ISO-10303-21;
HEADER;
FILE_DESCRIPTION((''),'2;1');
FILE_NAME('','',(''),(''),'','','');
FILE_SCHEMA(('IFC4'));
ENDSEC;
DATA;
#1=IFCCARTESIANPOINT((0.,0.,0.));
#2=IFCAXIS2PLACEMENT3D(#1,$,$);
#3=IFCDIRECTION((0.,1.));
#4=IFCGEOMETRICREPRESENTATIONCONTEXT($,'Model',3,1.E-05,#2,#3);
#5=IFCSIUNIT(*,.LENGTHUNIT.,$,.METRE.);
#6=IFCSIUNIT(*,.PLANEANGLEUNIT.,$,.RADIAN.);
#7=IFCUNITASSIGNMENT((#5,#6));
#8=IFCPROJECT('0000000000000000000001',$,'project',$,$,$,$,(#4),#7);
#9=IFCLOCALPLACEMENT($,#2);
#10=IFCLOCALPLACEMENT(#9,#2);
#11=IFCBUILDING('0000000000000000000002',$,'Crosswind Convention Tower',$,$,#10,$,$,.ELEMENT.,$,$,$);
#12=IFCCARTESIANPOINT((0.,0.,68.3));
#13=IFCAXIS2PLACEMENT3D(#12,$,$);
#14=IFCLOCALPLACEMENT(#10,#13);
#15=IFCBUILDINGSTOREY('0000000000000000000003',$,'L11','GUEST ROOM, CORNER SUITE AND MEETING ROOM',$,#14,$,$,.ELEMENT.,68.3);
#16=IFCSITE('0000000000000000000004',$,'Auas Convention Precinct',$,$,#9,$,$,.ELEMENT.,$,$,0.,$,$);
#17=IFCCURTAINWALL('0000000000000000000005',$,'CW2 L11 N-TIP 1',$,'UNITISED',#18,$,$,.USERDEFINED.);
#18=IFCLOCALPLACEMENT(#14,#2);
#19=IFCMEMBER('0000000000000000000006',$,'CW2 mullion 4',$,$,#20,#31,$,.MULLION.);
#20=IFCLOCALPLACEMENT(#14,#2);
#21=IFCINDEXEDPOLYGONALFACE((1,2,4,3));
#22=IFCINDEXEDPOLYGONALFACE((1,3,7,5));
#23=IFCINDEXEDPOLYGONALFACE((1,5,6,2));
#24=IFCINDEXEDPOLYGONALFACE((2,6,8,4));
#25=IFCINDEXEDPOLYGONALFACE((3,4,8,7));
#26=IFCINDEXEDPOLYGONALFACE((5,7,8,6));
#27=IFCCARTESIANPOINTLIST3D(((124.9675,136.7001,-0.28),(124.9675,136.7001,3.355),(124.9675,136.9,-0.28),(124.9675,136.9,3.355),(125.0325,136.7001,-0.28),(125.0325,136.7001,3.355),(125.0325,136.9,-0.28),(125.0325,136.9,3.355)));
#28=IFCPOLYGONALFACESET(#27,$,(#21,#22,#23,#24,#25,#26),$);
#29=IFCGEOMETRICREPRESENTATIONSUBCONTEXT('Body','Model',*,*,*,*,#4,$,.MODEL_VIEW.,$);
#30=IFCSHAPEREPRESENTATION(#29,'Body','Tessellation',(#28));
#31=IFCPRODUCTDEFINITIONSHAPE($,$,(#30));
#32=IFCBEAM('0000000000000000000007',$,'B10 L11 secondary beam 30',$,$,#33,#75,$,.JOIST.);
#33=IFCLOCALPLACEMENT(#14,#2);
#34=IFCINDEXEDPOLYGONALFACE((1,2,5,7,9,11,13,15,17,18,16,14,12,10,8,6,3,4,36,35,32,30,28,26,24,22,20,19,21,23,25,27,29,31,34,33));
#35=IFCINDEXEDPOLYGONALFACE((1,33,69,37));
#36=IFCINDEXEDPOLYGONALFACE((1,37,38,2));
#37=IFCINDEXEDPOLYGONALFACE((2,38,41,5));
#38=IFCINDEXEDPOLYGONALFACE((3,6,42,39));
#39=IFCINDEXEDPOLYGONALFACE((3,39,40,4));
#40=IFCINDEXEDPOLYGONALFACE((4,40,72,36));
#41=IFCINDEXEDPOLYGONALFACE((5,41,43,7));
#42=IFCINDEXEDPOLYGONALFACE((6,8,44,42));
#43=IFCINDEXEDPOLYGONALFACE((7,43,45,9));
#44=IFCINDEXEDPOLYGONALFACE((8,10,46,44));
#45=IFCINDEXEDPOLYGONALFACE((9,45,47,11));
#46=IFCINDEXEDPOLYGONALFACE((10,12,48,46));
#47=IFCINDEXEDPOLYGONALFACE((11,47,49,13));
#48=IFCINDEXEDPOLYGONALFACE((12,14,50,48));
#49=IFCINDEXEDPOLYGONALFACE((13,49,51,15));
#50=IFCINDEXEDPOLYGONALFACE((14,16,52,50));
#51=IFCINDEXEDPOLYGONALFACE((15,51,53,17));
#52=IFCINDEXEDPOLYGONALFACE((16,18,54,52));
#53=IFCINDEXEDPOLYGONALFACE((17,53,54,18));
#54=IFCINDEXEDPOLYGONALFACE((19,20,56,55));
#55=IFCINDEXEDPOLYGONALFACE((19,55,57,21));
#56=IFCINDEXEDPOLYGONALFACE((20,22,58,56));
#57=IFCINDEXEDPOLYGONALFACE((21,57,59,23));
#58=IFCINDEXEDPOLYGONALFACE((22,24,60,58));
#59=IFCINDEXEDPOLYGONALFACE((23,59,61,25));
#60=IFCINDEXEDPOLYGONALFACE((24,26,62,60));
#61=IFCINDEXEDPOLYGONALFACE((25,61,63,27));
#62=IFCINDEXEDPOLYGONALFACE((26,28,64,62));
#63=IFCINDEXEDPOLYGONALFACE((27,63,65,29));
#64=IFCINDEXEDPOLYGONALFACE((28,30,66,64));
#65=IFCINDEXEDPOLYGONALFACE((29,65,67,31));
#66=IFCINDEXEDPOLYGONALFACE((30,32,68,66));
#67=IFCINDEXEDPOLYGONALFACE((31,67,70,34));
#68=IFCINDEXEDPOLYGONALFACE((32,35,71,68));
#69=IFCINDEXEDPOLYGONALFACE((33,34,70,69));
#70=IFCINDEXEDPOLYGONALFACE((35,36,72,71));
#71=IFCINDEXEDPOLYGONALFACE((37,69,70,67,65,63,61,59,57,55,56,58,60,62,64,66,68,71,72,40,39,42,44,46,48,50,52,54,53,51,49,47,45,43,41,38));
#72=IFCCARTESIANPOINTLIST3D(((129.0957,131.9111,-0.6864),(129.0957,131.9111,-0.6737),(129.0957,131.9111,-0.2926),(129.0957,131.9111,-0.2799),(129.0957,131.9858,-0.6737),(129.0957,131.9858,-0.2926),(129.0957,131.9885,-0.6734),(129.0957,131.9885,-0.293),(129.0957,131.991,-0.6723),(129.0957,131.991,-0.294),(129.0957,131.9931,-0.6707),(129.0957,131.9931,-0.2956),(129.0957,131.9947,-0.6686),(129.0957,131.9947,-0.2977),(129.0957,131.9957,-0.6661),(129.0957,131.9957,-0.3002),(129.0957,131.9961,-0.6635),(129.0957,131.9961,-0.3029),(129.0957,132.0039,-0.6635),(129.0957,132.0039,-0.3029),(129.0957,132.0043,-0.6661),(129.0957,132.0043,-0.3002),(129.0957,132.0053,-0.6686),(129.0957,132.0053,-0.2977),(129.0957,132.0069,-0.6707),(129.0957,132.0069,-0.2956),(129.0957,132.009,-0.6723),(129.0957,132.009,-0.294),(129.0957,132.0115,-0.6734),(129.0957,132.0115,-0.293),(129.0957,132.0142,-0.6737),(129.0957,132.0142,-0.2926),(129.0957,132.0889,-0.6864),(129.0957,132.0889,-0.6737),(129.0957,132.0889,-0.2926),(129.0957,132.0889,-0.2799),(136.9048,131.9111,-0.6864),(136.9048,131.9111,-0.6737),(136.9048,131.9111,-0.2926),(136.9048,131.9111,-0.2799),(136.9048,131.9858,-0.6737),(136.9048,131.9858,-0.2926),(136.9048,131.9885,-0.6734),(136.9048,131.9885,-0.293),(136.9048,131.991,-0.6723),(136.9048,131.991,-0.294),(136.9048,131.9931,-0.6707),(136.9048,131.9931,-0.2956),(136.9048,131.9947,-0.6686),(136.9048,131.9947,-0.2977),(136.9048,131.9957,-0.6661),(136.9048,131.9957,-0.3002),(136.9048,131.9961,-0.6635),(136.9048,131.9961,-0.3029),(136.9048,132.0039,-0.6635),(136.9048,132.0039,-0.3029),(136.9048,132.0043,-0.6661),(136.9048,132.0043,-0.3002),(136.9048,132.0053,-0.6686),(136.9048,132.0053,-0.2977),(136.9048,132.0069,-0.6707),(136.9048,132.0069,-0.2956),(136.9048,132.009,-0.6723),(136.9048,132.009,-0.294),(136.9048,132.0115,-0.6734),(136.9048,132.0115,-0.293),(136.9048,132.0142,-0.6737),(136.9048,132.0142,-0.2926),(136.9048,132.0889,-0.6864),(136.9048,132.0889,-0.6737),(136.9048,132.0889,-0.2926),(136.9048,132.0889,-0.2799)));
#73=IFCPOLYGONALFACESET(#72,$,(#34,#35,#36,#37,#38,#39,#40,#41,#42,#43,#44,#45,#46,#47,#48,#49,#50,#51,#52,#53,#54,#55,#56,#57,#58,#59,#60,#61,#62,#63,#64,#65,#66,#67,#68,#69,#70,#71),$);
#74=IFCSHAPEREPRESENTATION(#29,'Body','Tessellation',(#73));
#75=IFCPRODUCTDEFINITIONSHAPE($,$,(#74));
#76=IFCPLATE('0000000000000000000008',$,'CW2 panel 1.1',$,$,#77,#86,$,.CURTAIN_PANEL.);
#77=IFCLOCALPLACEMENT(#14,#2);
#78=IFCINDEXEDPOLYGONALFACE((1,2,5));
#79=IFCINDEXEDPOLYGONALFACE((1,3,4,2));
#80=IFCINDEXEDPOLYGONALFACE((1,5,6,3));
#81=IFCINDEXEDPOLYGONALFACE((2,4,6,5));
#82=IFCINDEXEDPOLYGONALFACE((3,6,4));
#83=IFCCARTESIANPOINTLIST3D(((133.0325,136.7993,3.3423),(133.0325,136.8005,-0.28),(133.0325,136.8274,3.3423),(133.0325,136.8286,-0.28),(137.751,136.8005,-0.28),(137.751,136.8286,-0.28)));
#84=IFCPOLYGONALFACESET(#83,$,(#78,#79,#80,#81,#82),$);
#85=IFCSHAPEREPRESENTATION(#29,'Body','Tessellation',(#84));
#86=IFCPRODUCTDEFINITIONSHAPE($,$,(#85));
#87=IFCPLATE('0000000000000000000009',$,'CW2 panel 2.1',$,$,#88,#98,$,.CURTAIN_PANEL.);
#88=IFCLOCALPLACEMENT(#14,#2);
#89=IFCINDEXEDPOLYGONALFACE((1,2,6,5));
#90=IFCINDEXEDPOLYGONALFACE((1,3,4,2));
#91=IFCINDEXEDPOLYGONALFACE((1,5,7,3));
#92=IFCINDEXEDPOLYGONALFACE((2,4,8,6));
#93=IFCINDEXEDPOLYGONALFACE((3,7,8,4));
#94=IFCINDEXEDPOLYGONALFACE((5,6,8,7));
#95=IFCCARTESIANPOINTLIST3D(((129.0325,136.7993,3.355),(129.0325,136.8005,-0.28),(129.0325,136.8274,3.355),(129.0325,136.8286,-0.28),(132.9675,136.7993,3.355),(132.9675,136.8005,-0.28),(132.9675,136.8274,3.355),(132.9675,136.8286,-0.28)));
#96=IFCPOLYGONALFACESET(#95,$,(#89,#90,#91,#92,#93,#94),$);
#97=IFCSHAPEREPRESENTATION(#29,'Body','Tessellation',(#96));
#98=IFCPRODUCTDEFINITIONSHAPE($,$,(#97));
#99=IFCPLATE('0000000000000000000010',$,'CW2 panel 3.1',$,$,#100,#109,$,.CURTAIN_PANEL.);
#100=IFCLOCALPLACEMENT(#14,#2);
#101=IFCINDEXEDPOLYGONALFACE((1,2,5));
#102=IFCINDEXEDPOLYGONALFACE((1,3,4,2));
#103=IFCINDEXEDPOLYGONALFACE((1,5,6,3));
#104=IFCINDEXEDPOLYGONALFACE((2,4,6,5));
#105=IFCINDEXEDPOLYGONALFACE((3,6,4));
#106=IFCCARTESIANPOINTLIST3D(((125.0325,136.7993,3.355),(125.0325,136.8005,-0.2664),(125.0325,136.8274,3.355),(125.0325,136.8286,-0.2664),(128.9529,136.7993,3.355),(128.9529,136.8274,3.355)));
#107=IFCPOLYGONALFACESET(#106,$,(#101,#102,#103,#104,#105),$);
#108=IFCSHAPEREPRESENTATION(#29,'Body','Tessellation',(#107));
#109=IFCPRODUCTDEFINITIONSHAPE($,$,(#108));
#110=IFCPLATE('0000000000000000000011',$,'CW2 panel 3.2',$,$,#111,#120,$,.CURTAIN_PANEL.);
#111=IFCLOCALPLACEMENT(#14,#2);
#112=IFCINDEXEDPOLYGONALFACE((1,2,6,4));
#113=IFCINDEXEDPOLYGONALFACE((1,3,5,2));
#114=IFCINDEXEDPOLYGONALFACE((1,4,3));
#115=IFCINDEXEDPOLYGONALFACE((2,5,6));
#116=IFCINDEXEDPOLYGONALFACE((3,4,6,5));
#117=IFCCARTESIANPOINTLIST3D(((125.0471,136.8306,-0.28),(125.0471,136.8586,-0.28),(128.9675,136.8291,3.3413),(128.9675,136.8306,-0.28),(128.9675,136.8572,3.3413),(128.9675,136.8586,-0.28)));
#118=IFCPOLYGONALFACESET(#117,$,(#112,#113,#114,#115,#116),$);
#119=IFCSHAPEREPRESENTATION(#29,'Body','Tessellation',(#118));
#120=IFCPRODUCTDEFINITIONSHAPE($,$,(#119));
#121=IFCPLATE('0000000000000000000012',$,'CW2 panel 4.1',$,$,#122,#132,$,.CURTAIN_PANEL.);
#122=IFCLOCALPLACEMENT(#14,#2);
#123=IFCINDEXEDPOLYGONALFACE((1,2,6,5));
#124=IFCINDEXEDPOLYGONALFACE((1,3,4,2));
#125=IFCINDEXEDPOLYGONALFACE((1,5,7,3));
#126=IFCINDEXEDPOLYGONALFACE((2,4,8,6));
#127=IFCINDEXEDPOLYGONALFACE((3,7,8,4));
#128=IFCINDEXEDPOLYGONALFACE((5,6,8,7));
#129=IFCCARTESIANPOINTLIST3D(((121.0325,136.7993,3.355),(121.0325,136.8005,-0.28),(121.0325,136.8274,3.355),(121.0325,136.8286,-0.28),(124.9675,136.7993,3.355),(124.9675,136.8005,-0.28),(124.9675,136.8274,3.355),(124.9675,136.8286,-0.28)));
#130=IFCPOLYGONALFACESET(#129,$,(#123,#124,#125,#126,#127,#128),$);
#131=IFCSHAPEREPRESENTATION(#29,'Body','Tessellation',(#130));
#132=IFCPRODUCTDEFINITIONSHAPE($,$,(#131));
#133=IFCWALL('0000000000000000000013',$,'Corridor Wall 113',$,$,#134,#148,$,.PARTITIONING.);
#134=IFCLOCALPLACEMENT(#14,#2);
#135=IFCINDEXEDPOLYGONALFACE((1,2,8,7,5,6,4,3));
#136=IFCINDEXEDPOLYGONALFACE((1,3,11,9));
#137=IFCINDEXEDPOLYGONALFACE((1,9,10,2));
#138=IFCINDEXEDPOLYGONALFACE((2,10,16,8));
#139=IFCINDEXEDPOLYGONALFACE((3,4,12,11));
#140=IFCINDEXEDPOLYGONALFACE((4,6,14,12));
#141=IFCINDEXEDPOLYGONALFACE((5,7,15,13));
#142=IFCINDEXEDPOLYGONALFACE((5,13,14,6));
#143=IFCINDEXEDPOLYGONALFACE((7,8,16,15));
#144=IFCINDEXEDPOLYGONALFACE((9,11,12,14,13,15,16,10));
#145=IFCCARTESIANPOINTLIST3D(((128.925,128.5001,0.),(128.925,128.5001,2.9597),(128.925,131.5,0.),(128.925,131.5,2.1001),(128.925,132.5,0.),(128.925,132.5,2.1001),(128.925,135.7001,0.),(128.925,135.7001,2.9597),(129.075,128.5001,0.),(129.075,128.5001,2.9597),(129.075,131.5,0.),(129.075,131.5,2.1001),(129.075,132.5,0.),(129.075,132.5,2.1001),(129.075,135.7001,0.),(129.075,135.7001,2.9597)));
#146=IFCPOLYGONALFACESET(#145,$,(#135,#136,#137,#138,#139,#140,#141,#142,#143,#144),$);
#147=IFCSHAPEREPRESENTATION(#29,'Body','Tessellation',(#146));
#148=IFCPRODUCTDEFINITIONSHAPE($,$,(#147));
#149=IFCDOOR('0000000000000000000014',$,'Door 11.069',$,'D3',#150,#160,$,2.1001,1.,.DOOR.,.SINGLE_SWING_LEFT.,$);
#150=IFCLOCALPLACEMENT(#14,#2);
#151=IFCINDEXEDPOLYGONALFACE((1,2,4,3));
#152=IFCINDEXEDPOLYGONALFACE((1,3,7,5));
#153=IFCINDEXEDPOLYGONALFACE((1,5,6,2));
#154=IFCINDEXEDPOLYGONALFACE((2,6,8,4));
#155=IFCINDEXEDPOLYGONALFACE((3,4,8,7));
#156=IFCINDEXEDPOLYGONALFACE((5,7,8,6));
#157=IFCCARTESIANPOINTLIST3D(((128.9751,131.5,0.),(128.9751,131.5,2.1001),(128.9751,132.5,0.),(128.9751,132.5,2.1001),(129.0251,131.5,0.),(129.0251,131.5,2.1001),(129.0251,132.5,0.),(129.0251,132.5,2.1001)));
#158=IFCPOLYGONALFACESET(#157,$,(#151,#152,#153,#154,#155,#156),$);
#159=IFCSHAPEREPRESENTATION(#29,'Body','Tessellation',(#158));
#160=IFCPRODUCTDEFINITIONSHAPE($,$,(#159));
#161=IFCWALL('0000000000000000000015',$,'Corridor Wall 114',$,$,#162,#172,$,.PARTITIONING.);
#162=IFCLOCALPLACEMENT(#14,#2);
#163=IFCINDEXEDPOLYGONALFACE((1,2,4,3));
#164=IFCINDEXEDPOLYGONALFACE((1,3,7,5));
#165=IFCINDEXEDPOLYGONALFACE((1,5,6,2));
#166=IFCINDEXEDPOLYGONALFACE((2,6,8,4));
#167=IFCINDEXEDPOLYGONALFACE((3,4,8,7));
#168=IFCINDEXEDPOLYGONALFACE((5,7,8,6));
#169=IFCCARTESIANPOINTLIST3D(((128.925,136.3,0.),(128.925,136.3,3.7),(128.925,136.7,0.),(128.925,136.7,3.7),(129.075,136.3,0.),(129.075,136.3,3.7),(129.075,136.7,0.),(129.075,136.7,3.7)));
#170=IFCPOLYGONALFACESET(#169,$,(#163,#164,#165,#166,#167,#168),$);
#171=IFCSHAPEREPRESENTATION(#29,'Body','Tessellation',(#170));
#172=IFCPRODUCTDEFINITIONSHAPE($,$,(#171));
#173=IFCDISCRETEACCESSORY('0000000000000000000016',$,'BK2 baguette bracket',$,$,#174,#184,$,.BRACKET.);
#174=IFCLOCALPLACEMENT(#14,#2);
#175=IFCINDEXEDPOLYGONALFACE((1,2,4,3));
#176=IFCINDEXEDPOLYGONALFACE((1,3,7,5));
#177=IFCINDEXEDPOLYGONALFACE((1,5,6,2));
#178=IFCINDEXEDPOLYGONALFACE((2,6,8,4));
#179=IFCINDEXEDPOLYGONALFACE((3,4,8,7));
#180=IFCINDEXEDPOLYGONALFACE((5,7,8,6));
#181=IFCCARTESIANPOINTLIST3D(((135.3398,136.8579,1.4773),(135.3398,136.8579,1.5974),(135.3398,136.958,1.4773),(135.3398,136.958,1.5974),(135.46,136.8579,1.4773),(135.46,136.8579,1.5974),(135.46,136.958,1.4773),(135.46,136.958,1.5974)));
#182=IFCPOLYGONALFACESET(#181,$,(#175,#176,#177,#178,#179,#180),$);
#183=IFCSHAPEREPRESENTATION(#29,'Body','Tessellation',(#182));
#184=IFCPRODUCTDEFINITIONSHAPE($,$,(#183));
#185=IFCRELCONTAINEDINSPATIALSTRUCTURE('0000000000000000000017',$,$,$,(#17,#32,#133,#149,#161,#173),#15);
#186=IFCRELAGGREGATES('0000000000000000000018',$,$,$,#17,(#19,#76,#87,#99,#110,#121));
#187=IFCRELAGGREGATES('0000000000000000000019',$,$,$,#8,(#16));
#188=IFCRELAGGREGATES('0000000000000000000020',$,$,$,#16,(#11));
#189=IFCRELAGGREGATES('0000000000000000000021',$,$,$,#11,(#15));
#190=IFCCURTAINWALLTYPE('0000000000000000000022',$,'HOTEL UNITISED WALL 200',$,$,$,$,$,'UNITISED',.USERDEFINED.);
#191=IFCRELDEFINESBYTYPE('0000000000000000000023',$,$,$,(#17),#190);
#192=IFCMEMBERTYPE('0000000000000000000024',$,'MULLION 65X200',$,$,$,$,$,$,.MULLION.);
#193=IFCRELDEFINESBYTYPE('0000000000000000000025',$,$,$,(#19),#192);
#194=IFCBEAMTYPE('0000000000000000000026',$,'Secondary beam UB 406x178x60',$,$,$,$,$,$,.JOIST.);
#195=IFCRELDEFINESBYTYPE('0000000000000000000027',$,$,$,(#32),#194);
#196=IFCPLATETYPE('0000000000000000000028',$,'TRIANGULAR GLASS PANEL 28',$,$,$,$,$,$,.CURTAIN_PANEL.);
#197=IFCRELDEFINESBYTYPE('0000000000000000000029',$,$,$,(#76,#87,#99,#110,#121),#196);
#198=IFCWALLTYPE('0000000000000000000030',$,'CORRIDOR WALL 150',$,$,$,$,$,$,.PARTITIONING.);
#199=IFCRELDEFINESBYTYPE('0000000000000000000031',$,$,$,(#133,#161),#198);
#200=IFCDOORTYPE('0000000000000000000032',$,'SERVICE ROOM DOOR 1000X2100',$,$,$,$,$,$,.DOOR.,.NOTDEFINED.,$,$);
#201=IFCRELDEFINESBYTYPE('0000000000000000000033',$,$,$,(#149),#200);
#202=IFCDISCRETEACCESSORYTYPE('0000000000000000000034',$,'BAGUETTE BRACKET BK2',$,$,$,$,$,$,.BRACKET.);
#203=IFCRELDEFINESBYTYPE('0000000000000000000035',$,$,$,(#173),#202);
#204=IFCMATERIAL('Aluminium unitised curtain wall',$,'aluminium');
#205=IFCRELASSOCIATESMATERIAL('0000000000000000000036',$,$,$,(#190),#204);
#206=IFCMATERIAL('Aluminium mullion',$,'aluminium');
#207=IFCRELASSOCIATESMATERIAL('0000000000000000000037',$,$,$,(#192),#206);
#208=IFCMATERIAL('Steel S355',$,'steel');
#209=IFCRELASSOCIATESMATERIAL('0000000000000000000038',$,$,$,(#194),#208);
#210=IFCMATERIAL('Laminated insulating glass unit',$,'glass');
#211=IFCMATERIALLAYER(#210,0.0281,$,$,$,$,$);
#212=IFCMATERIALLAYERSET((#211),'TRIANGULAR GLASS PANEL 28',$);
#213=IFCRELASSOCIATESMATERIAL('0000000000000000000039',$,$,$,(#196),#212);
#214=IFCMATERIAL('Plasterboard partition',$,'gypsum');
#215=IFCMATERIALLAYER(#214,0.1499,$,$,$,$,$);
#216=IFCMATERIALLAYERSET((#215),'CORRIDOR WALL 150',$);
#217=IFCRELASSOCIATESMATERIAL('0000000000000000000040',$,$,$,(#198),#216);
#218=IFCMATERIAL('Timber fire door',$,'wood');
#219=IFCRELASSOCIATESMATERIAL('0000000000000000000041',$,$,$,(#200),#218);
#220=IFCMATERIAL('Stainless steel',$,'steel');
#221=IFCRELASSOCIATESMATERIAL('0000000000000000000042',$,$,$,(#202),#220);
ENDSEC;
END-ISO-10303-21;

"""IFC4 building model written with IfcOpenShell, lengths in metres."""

from ifc_helpers import new_model, si_unit, direction, frame, frame_2d, origin, origin_2d, place, context, subcontext, project, spatial, polyline, rectangle, i_section, outline, extrude, material, layer, layer_set, material_profile, profile_set, type_object, element, fill, aggregate, save


model = new_model("IFC4")

# Units and contexts
model_context = context("Model", 3, precision=1e-05, world=origin(), true_north=direction((0.0, 1.0)))
body_context = subcontext(model_context, "Body", "Model", "MODEL_VIEW")
ifc_project = project(units=[si_unit("LENGTHUNIT", "METRE"), si_unit("PLANEANGLEUNIT", "RADIAN")], contexts=[model_context])

# Site, building, storey
site_placement = place(None, origin())
site = spatial("IfcSite", under=ifc_project, at=site_placement, Name="Auas Convention Precinct", CompositionType="ELEMENT", RefElevation=0.0)
building_placement = place(site_placement, origin())
building = spatial("IfcBuilding", under=site, at=building_placement, Name="Crosswind Convention Tower", CompositionType="ELEMENT")
storey_placement = place(building_placement, frame((0.0, 0.0, 68.3)))
storey = spatial("IfcBuildingStorey", under=building, at=storey_placement, Name="L11", Description="GUEST ROOM, CORNER SUITE AND MEETING ROOM", CompositionType="ELEMENT", Elevation=68.3)

# Shared definitions
ifc_material_1 = material(Name="Steel S355", Category="steel")

# Curtain wall, member
ifc_material_2 = material(Name="Aluminium unitised curtain wall", Category="aluminium")
curtain_wall_type = type_object("IfcCurtainWallType", Name="HOTEL UNITISED WALL 200", ElementType="UNITISED", PredefinedType="USERDEFINED", material=ifc_material_2)
curtain_wall_placement = place(storey_placement, origin())
curtain_wall = element("IfcCurtainWall", 1, at=curtain_wall_placement, inside=storey, type_object=curtain_wall_type, Name="CW2 L11 N-TIP 1", ObjectType="UNITISED", PredefinedType="USERDEFINED")
ifc_material_3 = material(Name="Aluminium mullion", Category="aluminium")
ifc_material_profile_1 = material_profile(ifc_material_3, rectangle(XDim=0.2, YDim=0.0649, at=origin_2d()), Name="AL 200X65")
ifc_profile_set_1 = profile_set([ifc_material_profile_1], Name="Aluminium mullion")
member_type = type_object("IfcMemberType", Name="MULLION 65X200", PredefinedType="MULLION", material=ifc_profile_set_1)
member_1_placement = place(storey_placement, frame((125.0, 136.8, -0.28), z_axis=(0.0, 0.0, 1.0), x_axis=(0.0, 1.0, 0.0)))
member_1 = element("IfcMember", 2, at=member_1_placement, type_object=member_type, Name="CW2 mullion 4", PredefinedType="MULLION", context=body_context, shape_type="SweptSolid", body=[
    extrude(rectangle(XDim=0.2, YDim=0.0649, at=origin_2d()), origin(), (0.0, 0.0, 1.0), 3.635),
])

# Beam
ifc_material_profile_2 = material_profile(ifc_material_1, i_section(OverallWidth=0.1777, OverallDepth=0.4065, WebThickness=0.0078, FlangeThickness=0.0127, FilletRadius=0.0103, at=origin_2d()), Name="UB 406x178x60")
ifc_profile_set_2 = profile_set([ifc_material_profile_2], Name="Steel S355")
beam_type_1 = type_object("IfcBeamType", Name="Secondary beam UB 406x178x60", PredefinedType="JOIST", material=ifc_profile_set_2)
beam_1_placement = place(storey_placement, frame((129.0957, 132.0, -0.4832), z_axis=(1.0, 0.0, 0.0), x_axis=(0.0, 1.0, 0.0)))
element("IfcBeam", 3, at=beam_1_placement, inside=storey, type_object=beam_type_1, Name="B10 L11 secondary beam 30", PredefinedType="JOIST", context=body_context, shape_type="SweptSolid", body=[
    extrude(i_section(OverallWidth=0.1777, OverallDepth=0.4065, WebThickness=0.0078, FlangeThickness=0.0127, FilletRadius=0.0103, at=origin_2d()), origin(), (0.0, 0.0, 1.0), 7.8091),
])

# Plates
ifc_material_4 = material(Name="Laminated insulating glass unit", Category="glass")
ifc_layer_1 = layer(ifc_material_4, 0.0281)
ifc_layer_set_1 = layer_set([ifc_layer_1], Name="TRIANGULAR GLASS PANEL 28")
plate_type = type_object("IfcPlateType", Name="TRIANGULAR GLASS PANEL 28", PredefinedType="CURTAIN_PANEL", material=ifc_layer_set_1)
plate_1_placement = place(storey_placement, frame((133.0325, 136.8286, -0.28), z_axis=(0.0, 1.0, 0.000337), x_axis=(0.0, -0.000337, 1.0)))
plate_1 = element("IfcPlate", 4, at=plate_1_placement, type_object=plate_type, Name="CW2 panel 1.1", PredefinedType="CURTAIN_PANEL", context=body_context, shape_type="SweptSolid", body=[
    extrude(outline(polyline([(0.0, 0.0), (3.6223, 0.0), (0.0, 4.7185), (0.0, 0.0)])), origin(), (0.0, 0.0, -1.0), 0.0281),
])
plate_2_placement = place(storey_placement, frame((132.9675, 136.8286, -0.28), z_axis=(0.0, 1.0, 0.000336), x_axis=(-1.0, 0.0, 0.0)))
plate_2 = element("IfcPlate", 5, at=plate_2_placement, type_object=plate_type, Name="CW2 panel 2.1", PredefinedType="CURTAIN_PANEL", context=body_context, shape_type="SweptSolid", body=[
    extrude(outline(polyline([(0.0, 0.0), (3.9351, 0.0), (3.9351, 3.635), (0.0, 3.635), (0.0, 0.0)])), origin(), (0.0, 0.0, -1.0), 0.0281),
])
plate_3_placement = place(storey_placement, frame((125.0325, 136.8274, 3.355), z_axis=(0.0, 1.0, 0.000337), x_axis=(1.0, 0.0, 0.0)))
plate_3 = element("IfcPlate", 6, at=plate_3_placement, type_object=plate_type, Name="CW2 panel 3.1", PredefinedType="CURTAIN_PANEL", context=body_context, shape_type="SweptSolid", body=[
    extrude(outline(polyline([(0.0, 0.0), (3.9204, 0.0), (0.0, 3.6213), (0.0, 0.0)])), origin(), (0.0, 0.0, -1.0), 0.0281),
])
plate_4_placement = place(storey_placement, frame((128.9675, 136.8586, -0.28), z_axis=(0.0, 1.0, 0.000405), x_axis=(-1.0, 0.0, 0.0)))
plate_4 = element("IfcPlate", 7, at=plate_4_placement, type_object=plate_type, Name="CW2 panel 3.2", PredefinedType="CURTAIN_PANEL", context=body_context, shape_type="SweptSolid", body=[
    extrude(outline(polyline([(0.0, 0.0), (3.9204, 0.0), (0.0, 3.6213), (0.0, 0.0)])), origin(), (0.0, 0.0, -1.0), 0.0281),
])
plate_5_placement = place(storey_placement, frame((124.9675, 136.8286, -0.28), z_axis=(0.0, 1.0, 0.000336), x_axis=(-1.0, 0.0, 0.0)))
plate_5 = element("IfcPlate", 8, at=plate_5_placement, type_object=plate_type, Name="CW2 panel 4.1", PredefinedType="CURTAIN_PANEL", context=body_context, shape_type="SweptSolid", body=[
    extrude(outline(polyline([(0.0, 0.0), (3.9351, 0.0), (3.9351, 3.635), (0.0, 3.635), (0.0, 0.0)])), origin(), (0.0, 0.0, -1.0), 0.0281),
])
aggregate(curtain_wall, [member_1, plate_1, plate_2, plate_3, plate_4, plate_5])

# Wall, opening, door
ifc_material_5 = material(Name="Plasterboard partition", Category="gypsum")
ifc_layer_2 = layer(ifc_material_5, 0.1499)
ifc_layer_set_2 = layer_set([ifc_layer_2], Name="CORRIDOR WALL 150")
wall_type = type_object("IfcWallType", Name="CORRIDOR WALL 150", PredefinedType="PARTITIONING", material=ifc_layer_set_2)
wall_1_placement = place(storey_placement, frame((129.0, 128.5, 0.0), z_axis=(0.0, 0.0, 1.0), x_axis=(0.0, 1.0, 0.0)))
wall_1 = element("IfcWall", 9, at=wall_1_placement, inside=storey, type_object=wall_type, Name="Corridor Wall 113", PredefinedType="PARTITIONING", context=body_context, shape_type="SweptSolid", body=[
    extrude(rectangle(XDim=7.2, YDim=0.1499, at=frame_2d((3.6001, 0.0))), origin(), (0.0, 0.0, 1.0), 2.9597),
])
opening_placement = place(wall_1_placement, frame((3.0, 0.0, 0.0)))
opening = element("IfcOpeningElement", 10, at=opening_placement, cuts=wall_1, PredefinedType="OPENING", context=body_context, shape_type="SweptSolid", body=[
    extrude(rectangle(XDim=1.0, YDim=2.1001, at=frame_2d((0.5, 1.05))), frame((0.0, 0.085, 0.0), z_axis=(0.0, -1.0, 0.0), x_axis=(1.0, 0.0, 0.0)), (0.0, 0.0, 1.0), 0.1699),
])
ifc_material_6 = material(Name="Timber fire door", Category="wood")
door_type = type_object("IfcDoorType", Name="SERVICE ROOM DOOR 1000X2100", OperationType="NOTDEFINED", PredefinedType="DOOR", material=ifc_material_6)
door_placement = place(opening_placement, origin())
door = element("IfcDoor", 11, at=door_placement, inside=storey, type_object=door_type, Name="Door 11.069", ObjectType="D3", OperationType="SINGLE_SWING_LEFT", OverallHeight=2.1001, OverallWidth=1.0, PredefinedType="DOOR", context=body_context, shape_type="SweptSolid", body=[
    extrude(rectangle(XDim=1.0, YDim=2.1001, at=frame_2d((0.5, 1.05))), frame((0.0, 0.0249, 0.0), z_axis=(0.0, -1.0, 0.0), x_axis=(1.0, 0.0, 0.0)), (0.0, 0.0, 1.0), 0.05),
])
fill(opening, door)

# Wall
wall_2_placement = place(storey_placement, frame((129.0, 136.3, 0.0), z_axis=(0.0, 0.0, 1.0), x_axis=(0.0, 1.0, 0.0)))
element("IfcWall", 12, at=wall_2_placement, inside=storey, type_object=wall_type, Name="Corridor Wall 114", PredefinedType="PARTITIONING", context=body_context, shape_type="SweptSolid", body=[
    extrude(rectangle(XDim=0.3999, YDim=0.1499, at=frame_2d((0.2, 0.0))), origin(), (0.0, 0.0, 1.0), 3.7),
])

# Discrete accessory
ifc_material_7 = material(Name="Stainless steel", Category="steel")
discrete_accessory_type = type_object("IfcDiscreteAccessoryType", Name="BAGUETTE BRACKET BK2", PredefinedType="BRACKET", material=ifc_material_7)
discrete_accessory_placement = place(storey_placement, frame((135.3999, 136.908, 1.4773), z_axis=(0.0, 0.0, 1.0), x_axis=(-1.0, 0.0, 0.0)))
element("IfcDiscreteAccessory", 13, at=discrete_accessory_placement, inside=storey, type_object=discrete_accessory_type, Name="BK2 baguette bracket", PredefinedType="BRACKET", context=body_context, shape_type="SweptSolid", body=[
    extrude(rectangle(XDim=0.1201, YDim=0.1001, at=origin_2d()), origin(), (0.0, 0.0, 1.0), 0.1201),
])

save(model, "model.ifc")
